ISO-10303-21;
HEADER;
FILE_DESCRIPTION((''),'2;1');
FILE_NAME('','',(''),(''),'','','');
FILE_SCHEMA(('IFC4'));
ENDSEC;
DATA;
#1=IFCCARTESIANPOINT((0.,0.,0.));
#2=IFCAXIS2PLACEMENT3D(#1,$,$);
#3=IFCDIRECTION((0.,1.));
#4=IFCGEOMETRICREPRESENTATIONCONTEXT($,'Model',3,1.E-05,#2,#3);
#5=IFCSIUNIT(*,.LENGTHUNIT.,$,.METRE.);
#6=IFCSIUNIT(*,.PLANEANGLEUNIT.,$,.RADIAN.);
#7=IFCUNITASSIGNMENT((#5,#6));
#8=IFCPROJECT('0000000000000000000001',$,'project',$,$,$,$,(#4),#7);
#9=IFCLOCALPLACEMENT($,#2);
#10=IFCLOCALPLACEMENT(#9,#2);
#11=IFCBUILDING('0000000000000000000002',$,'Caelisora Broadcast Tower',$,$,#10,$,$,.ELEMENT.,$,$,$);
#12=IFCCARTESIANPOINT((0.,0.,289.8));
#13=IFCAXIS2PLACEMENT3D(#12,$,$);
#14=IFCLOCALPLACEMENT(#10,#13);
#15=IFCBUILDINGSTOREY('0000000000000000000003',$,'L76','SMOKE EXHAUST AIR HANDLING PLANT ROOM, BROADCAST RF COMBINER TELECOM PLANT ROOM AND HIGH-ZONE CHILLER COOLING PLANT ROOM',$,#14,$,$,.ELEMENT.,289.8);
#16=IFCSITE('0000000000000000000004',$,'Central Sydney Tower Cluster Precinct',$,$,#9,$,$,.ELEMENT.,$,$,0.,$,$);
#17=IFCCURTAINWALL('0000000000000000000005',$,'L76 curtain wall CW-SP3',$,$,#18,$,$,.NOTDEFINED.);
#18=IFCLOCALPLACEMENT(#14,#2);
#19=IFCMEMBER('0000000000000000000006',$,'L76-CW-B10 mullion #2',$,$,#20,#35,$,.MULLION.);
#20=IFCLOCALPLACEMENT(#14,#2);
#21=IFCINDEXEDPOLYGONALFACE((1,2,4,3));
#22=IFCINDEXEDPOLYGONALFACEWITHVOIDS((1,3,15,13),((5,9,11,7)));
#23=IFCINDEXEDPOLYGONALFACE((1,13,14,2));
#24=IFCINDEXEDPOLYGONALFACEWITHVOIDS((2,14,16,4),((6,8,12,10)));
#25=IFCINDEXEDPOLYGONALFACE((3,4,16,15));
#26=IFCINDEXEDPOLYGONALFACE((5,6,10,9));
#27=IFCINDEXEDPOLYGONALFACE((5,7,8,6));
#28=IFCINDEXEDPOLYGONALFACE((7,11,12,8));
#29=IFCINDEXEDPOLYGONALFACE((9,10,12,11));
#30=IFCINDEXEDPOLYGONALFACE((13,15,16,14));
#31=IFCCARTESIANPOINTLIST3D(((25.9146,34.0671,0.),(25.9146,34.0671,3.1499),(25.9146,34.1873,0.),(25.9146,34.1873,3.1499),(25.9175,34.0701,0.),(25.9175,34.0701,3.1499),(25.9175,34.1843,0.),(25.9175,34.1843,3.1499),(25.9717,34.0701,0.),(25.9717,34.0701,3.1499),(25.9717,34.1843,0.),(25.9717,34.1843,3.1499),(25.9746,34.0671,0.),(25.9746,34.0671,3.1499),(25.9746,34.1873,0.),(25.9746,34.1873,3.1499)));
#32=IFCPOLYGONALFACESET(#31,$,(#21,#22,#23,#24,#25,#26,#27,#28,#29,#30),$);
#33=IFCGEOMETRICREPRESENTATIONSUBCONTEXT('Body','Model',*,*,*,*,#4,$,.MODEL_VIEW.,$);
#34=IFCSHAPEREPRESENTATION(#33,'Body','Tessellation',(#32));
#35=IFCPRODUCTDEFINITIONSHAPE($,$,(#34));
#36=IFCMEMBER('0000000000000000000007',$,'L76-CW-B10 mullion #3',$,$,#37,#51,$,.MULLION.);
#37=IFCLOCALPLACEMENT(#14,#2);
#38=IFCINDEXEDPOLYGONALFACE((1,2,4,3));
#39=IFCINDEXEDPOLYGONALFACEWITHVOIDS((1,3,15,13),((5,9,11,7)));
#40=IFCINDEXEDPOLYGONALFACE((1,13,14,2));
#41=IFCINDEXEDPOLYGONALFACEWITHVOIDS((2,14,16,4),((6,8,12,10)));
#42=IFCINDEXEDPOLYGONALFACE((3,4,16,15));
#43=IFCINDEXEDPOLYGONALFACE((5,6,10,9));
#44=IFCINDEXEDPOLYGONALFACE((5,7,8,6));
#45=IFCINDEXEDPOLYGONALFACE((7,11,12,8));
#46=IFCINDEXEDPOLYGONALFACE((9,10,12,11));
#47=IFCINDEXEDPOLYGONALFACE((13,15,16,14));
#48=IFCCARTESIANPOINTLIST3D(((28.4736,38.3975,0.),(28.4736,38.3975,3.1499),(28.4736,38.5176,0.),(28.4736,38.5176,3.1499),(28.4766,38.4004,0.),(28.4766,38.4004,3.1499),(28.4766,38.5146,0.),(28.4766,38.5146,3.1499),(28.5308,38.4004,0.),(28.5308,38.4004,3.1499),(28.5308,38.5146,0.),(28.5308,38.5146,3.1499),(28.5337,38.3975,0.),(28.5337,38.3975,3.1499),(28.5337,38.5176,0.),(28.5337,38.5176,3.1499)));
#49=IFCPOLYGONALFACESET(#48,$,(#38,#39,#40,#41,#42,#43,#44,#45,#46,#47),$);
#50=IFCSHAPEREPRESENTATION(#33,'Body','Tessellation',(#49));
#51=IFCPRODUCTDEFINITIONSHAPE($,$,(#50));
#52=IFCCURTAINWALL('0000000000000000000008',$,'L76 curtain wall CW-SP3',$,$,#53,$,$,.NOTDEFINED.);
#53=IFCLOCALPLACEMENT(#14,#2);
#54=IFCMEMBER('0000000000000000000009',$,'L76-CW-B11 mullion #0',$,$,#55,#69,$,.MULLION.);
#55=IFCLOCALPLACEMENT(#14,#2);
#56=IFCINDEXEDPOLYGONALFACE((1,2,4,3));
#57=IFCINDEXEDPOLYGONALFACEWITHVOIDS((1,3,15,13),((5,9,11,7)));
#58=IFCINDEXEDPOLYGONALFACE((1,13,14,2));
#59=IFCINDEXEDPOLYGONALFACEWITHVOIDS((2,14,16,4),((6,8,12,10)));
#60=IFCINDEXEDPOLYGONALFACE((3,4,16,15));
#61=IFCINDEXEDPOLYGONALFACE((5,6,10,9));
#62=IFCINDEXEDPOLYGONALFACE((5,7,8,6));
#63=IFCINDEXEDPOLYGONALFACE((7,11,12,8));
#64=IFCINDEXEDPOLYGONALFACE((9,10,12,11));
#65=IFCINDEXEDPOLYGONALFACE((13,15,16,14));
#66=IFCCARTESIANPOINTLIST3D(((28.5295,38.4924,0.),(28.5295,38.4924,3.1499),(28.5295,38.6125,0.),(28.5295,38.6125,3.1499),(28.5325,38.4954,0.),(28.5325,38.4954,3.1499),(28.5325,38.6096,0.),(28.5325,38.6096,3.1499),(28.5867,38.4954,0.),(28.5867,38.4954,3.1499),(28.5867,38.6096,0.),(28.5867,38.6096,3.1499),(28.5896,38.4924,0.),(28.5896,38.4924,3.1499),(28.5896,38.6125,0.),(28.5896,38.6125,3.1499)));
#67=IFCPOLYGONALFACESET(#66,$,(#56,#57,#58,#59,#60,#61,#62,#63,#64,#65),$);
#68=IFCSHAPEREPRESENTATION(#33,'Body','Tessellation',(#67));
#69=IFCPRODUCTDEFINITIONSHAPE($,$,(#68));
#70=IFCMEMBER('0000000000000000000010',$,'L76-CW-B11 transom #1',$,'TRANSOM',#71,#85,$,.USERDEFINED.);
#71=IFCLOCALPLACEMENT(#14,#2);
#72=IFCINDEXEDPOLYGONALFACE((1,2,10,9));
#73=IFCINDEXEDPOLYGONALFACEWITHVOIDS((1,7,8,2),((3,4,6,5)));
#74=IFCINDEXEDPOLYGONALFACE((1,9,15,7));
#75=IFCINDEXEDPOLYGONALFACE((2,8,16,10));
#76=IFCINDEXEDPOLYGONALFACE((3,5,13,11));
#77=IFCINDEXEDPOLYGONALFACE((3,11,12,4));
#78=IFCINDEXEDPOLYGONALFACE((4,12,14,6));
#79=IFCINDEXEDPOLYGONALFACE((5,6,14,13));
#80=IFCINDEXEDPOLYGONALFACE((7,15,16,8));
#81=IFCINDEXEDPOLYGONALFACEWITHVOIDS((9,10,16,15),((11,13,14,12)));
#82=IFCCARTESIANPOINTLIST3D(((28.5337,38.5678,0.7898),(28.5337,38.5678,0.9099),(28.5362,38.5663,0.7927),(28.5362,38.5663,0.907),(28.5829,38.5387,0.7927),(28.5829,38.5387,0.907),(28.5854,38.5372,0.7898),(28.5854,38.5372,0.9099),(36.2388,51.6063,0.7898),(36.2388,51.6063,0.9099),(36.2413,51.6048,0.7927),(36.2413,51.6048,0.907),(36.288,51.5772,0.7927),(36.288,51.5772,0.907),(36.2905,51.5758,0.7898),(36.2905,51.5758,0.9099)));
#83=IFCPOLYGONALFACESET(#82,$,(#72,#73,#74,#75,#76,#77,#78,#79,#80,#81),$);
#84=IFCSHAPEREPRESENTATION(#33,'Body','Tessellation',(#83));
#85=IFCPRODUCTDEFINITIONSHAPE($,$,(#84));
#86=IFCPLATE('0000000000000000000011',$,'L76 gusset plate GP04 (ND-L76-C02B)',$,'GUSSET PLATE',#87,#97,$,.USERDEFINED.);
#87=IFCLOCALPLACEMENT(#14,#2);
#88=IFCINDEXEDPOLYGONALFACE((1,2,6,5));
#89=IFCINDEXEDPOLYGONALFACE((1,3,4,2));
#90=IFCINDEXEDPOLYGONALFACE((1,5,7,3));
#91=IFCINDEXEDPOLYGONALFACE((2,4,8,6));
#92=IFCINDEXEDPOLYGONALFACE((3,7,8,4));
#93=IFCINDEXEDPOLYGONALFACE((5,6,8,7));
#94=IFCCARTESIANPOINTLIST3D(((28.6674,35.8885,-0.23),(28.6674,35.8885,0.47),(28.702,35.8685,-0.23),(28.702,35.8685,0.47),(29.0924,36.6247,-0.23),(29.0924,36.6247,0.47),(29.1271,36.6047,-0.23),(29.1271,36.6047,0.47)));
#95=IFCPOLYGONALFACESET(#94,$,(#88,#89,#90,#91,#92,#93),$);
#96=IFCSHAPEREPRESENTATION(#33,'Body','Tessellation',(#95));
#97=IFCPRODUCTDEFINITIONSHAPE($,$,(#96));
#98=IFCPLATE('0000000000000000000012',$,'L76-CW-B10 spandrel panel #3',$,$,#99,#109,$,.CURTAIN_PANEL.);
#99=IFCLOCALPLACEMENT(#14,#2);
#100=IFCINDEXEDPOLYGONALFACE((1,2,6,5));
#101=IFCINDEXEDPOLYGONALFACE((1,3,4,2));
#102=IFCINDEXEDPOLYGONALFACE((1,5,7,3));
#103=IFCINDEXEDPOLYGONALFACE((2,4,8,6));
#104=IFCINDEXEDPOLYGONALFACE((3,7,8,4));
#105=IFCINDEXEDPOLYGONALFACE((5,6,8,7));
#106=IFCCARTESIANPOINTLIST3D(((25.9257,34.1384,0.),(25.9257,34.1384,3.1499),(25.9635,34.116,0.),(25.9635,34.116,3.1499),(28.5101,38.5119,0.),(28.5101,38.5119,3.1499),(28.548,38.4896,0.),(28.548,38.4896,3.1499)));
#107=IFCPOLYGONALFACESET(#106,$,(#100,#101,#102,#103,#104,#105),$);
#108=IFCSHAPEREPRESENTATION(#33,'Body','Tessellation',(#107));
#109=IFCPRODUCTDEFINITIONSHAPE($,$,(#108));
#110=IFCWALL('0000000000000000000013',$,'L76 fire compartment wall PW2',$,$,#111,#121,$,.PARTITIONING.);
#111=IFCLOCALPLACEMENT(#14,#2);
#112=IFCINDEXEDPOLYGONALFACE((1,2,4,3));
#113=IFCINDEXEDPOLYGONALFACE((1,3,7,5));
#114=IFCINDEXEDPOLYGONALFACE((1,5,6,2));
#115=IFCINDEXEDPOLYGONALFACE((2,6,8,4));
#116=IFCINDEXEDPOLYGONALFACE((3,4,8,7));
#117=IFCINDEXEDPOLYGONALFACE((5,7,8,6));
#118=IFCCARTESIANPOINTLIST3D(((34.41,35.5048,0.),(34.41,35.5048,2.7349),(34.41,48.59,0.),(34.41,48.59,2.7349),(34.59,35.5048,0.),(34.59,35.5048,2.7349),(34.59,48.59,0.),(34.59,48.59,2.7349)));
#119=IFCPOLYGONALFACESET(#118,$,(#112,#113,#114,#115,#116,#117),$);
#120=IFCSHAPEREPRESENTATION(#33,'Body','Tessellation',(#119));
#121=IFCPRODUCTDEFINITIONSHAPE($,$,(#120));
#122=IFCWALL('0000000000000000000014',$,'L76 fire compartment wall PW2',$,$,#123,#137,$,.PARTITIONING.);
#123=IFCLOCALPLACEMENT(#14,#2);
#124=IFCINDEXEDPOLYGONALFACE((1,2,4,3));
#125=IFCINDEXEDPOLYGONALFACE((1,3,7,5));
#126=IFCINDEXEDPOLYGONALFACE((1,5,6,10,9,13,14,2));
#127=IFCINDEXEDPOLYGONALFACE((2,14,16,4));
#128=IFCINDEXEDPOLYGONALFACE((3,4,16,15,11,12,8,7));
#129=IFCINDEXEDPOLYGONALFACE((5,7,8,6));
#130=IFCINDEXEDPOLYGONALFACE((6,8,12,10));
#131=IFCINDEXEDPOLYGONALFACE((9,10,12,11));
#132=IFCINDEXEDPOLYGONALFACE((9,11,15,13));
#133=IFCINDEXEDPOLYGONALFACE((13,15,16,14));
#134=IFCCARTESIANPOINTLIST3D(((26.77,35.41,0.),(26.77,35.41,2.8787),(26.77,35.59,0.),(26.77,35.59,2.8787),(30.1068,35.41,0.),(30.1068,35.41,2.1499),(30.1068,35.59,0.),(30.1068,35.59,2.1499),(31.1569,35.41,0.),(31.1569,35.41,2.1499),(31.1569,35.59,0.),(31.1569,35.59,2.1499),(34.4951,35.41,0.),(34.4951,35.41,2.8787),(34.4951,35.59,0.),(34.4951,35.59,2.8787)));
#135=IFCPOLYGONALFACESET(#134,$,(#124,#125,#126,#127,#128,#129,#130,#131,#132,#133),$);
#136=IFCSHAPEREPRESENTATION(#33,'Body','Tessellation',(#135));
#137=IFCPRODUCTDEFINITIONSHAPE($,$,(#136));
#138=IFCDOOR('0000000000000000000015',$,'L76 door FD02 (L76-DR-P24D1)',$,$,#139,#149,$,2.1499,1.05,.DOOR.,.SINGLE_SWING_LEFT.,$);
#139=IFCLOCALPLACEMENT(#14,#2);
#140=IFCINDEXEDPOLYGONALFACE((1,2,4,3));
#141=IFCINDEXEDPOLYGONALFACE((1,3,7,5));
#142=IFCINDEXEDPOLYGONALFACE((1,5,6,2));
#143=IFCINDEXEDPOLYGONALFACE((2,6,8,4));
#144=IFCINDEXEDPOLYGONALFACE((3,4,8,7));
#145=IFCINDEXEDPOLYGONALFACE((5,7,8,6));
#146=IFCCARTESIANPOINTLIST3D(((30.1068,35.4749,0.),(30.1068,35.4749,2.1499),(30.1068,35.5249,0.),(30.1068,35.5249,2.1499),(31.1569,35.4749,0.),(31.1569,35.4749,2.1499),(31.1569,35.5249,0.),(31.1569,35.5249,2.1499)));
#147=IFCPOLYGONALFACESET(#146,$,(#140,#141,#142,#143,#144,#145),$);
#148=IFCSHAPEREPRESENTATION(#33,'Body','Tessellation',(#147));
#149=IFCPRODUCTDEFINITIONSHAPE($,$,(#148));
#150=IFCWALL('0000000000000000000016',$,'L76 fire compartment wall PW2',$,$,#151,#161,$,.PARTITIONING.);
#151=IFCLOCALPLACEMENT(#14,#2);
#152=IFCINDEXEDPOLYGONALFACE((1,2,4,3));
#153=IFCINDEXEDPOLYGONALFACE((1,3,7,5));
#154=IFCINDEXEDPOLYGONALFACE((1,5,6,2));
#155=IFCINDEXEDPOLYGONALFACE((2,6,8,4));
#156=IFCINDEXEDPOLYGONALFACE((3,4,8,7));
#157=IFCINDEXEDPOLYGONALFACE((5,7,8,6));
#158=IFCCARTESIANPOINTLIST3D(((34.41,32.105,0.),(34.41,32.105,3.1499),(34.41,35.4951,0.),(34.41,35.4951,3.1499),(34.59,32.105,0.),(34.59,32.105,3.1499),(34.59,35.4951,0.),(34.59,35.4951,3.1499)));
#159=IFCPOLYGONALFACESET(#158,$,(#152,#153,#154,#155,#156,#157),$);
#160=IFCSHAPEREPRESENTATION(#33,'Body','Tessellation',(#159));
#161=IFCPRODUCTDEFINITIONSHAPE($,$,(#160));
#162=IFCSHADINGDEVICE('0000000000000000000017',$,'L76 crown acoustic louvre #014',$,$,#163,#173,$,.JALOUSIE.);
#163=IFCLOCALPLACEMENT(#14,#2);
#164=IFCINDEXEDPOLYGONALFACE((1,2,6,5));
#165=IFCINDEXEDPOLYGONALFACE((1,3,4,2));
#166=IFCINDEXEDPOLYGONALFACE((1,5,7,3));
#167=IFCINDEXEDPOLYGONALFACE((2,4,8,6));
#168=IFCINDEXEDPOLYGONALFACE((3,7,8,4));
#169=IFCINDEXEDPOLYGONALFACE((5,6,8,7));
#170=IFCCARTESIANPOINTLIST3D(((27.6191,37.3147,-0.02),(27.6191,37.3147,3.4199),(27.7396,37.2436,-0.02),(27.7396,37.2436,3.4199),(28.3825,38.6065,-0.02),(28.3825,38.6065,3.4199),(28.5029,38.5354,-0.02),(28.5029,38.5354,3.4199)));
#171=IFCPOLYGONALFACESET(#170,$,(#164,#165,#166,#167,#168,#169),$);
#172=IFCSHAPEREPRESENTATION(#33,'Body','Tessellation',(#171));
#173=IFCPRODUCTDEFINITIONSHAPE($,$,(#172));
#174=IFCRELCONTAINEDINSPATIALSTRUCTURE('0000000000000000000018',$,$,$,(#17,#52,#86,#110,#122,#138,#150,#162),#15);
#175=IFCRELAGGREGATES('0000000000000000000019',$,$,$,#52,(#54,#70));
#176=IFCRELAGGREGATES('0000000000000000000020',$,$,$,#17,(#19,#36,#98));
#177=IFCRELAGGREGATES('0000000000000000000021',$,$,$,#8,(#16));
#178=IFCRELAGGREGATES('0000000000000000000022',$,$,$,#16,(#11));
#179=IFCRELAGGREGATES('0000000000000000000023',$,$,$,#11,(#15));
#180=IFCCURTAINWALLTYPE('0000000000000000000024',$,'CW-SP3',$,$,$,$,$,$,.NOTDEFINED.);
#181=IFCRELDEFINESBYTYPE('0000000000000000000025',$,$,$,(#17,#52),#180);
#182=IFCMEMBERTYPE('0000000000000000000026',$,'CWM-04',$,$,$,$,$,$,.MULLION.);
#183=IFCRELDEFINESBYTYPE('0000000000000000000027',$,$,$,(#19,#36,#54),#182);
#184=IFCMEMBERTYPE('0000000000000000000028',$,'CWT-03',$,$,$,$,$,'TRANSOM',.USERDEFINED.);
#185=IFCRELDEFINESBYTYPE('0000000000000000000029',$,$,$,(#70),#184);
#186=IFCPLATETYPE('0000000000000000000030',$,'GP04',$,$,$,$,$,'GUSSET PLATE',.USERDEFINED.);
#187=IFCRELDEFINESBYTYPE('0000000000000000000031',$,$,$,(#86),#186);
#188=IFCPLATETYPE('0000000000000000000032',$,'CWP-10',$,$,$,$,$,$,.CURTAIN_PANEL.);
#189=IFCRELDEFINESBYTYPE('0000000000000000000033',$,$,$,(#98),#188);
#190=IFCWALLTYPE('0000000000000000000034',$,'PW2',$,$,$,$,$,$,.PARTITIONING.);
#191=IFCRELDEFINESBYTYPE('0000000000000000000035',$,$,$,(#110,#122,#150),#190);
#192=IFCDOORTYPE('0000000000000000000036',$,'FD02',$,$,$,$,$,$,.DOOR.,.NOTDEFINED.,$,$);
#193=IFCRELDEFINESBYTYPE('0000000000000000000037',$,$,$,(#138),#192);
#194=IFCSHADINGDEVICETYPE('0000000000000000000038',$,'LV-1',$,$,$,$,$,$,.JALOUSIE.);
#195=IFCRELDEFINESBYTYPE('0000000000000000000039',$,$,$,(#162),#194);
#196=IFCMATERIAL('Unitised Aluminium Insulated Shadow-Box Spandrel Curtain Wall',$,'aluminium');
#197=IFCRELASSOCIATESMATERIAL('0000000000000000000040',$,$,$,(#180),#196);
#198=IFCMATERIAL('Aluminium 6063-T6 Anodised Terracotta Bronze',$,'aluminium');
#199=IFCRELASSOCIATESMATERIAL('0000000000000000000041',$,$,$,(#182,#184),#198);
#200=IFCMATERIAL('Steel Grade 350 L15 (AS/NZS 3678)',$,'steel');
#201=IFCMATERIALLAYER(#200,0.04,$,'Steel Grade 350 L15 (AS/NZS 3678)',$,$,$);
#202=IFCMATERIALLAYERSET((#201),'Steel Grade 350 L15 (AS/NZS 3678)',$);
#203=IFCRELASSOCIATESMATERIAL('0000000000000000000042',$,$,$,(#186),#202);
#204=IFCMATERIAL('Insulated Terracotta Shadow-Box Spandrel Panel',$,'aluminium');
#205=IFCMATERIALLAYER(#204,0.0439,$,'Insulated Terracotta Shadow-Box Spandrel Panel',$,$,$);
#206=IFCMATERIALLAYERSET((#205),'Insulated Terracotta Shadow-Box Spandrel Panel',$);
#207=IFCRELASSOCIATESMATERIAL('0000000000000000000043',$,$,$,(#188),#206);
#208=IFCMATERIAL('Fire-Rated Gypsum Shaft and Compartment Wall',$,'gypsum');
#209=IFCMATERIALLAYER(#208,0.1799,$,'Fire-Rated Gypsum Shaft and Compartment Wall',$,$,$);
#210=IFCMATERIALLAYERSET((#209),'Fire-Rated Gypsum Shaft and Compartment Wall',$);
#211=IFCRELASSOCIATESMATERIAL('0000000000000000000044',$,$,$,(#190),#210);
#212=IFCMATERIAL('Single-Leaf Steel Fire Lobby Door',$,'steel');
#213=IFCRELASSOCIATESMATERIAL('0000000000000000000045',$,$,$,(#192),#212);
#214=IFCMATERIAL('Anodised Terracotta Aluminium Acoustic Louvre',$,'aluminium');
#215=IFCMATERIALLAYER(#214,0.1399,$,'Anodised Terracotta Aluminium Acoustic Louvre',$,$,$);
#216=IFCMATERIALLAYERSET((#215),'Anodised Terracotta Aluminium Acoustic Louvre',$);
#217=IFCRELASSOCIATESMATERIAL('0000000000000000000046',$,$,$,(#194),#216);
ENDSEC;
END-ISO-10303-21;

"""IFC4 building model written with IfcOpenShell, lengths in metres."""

from ifc_helpers import new_model, si_unit, direction, frame, frame_2d, origin, origin_2d, place, context, subcontext, project, spatial, rectangle, hollow_rectangle, extrude, source, transform, mapped, material, layer, layer_set, material_profile, profile_set, type_object, type_shapes, element, fill, aggregate, save


model = new_model("IFC4")

# Units and contexts
model_context = context("Model", 3, precision=1e-05, world=origin(), true_north=direction((0.0, 1.0)))
body_context = subcontext(model_context, "Body", "Model", "MODEL_VIEW")
ifc_project = project(units=[si_unit("LENGTHUNIT", "METRE"), si_unit("PLANEANGLEUNIT", "RADIAN")], contexts=[model_context])

# Site, building, storey
site_placement = place(None, origin())
site = spatial("IfcSite", under=ifc_project, at=site_placement, Name="Central Sydney Tower Cluster Precinct", CompositionType="ELEMENT", RefElevation=0.0)
building_placement = place(site_placement, origin())
building = spatial("IfcBuilding", under=site, at=building_placement, Name="Caelisora Broadcast Tower", CompositionType="ELEMENT")
storey_placement = place(building_placement, frame((0.0, 0.0, 289.8)))
storey = spatial("IfcBuildingStorey", under=building, at=storey_placement, Name="L76", Description="SMOKE EXHAUST AIR HANDLING PLANT ROOM, BROADCAST RF COMBINER TELECOM PLANT ROOM AND HIGH-ZONE CHILLER COOLING PLANT ROOM", CompositionType="ELEMENT", Elevation=289.8)

# Curtain walls, members
ifc_material_1 = material(Name="Unitised Aluminium Insulated Shadow-Box Spandrel Curtain Wall", Category="aluminium")
curtain_wall_type = type_object("IfcCurtainWallType", Name="CW-SP3", PredefinedType="NOTDEFINED", material=ifc_material_1)
curtain_wall_1_placement = place(storey_placement, origin())
curtain_wall_1 = element("IfcCurtainWall", 1, at=curtain_wall_1_placement, inside=storey, type_object=curtain_wall_type, Name="L76 curtain wall CW-SP3", PredefinedType="NOTDEFINED")
ifc_material_2 = material(Name="Aluminium 6063-T6 Anodised Terracotta Bronze", Category="aluminium")
ifc_material_profile_1 = material_profile(ifc_material_2, hollow_rectangle(XDim=0.0601, YDim=0.1201, WallThickness=0.0029, at=origin_2d()), Name="Aluminium 6063-T6 Anodised Terracotta Bronze")
ifc_profile_set_1 = profile_set([ifc_material_profile_1], Name="Aluminium 6063-T6 Anodised Terracotta Bronze")
member_type_1 = type_object("IfcMemberType", Name="CWM-04", PredefinedType="MULLION", material=ifc_profile_set_1)
shared_shape_1 = source(origin(), body_context, "Body", "SweptSolid", [
    extrude(hollow_rectangle(XDim=0.0601, YDim=0.1201, WallThickness=0.0029, at=origin_2d()), origin(), (0.0, 0.0, 1.0), 3.1499),
])
type_shapes(member_type_1, [shared_shape_1])
member_1_placement = place(storey_placement, frame((25.9446, 34.1272, 0.0), z_axis=(0.0, 0.0, 1.0), x_axis=(1.0, 0.0, 0.0)))
member_1 = element("IfcMember", 2, at=member_1_placement, type_object=member_type_1, Name="L76-CW-B10 mullion #2", PredefinedType="MULLION", context=body_context, shape_type="MappedRepresentation", body=[
    mapped(shared_shape_1, transform((0.0, 0.0, 0.0), scale=1.0)),
])
member_2_placement = place(storey_placement, frame((28.5037, 38.4575, 0.0), z_axis=(0.0, 0.0, 1.0), x_axis=(1.0, 0.0, 0.0)))
member_2 = element("IfcMember", 3, at=member_2_placement, type_object=member_type_1, Name="L76-CW-B10 mullion #3", PredefinedType="MULLION", context=body_context, shape_type="MappedRepresentation", body=[
    mapped(shared_shape_1, transform((0.0, 0.0, 0.0), scale=1.0)),
])
curtain_wall_2_placement = place(storey_placement, origin())
curtain_wall_2 = element("IfcCurtainWall", 4, at=curtain_wall_2_placement, inside=storey, type_object=curtain_wall_type, Name="L76 curtain wall CW-SP3", PredefinedType="NOTDEFINED")
member_3_placement = place(storey_placement, frame((28.5596, 38.5525, 0.0), z_axis=(0.0, 0.0, 1.0), x_axis=(1.0, 0.0, 0.0)))
member_3 = element("IfcMember", 5, at=member_3_placement, type_object=member_type_1, Name="L76-CW-B11 mullion #0", PredefinedType="MULLION", context=body_context, shape_type="MappedRepresentation", body=[
    mapped(shared_shape_1, transform((0.0, 0.0, 0.0), scale=1.0)),
])
ifc_material_profile_2 = material_profile(ifc_material_2, hollow_rectangle(XDim=0.0601, YDim=0.1201, WallThickness=0.0029, at=origin_2d()), Name="Aluminium 6063-T6 Anodised Terracotta Bronze")
ifc_profile_set_2 = profile_set([ifc_material_profile_2], Name="Aluminium 6063-T6 Anodised Terracotta Bronze")
member_type_2 = type_object("IfcMemberType", Name="CWT-03", ElementType="TRANSOM", PredefinedType="USERDEFINED", material=ifc_profile_set_2)
shared_shape_2 = source(origin(), body_context, "Body", "SweptSolid", [
    extrude(hollow_rectangle(XDim=0.0601, YDim=0.1201, WallThickness=0.0029, at=origin_2d()), origin(), (0.0, 0.0, 1.0), 15.145),
])
type_shapes(member_type_2, [shared_shape_2])
member_4_placement = place(storey_placement, frame((28.5596, 38.5525, 0.8499), z_axis=(0.508752, 0.860913, 0.0), x_axis=(-0.860913, 0.508752, 0.0)))
member_4 = element("IfcMember", 6, at=member_4_placement, type_object=member_type_2, Name="L76-CW-B11 transom #1", ObjectType="TRANSOM", PredefinedType="USERDEFINED", context=body_context, shape_type="MappedRepresentation", body=[
    mapped(shared_shape_2, transform((0.0, 0.0, 0.0), scale=1.0)),
])
aggregate(curtain_wall_2, [member_3, member_4])

# Plates
ifc_material_3 = material(Name="Steel Grade 350 L15 (AS/NZS 3678)", Category="steel")
ifc_layer_1 = layer(ifc_material_3, 0.04, Name="Steel Grade 350 L15 (AS/NZS 3678)")
ifc_layer_set_1 = layer_set([ifc_layer_1], Name="Steel Grade 350 L15 (AS/NZS 3678)")
plate_type_1 = type_object("IfcPlateType", Name="GP04", ElementType="GUSSET PLATE", PredefinedType="USERDEFINED", material=ifc_layer_set_1)
shared_shape_3 = source(origin(), body_context, "Body", "SweptSolid", [
    extrude(rectangle(XDim=0.8501, YDim=0.04, at=origin_2d()), origin(), (0.0, 0.0, 1.0), 0.7),
])
type_shapes(plate_type_1, [shared_shape_3])
plate_1_placement = place(storey_placement, frame((28.8972, 36.2466, -0.23), z_axis=(0.0, 0.0, 1.0), x_axis=(-0.5, -0.866025, 0.0)))
element("IfcPlate", 7, at=plate_1_placement, inside=storey, type_object=plate_type_1, Name="L76 gusset plate GP04 (ND-L76-C02B)", ObjectType="GUSSET PLATE", PredefinedType="USERDEFINED", context=body_context, shape_type="MappedRepresentation", body=[
    mapped(shared_shape_3, transform((0.0, 0.0, 0.0), scale=1.0)),
])
ifc_material_4 = material(Name="Insulated Terracotta Shadow-Box Spandrel Panel", Category="aluminium")
ifc_layer_2 = layer(ifc_material_4, 0.0439, Name="Insulated Terracotta Shadow-Box Spandrel Panel")
ifc_layer_set_2 = layer_set([ifc_layer_2], Name="Insulated Terracotta Shadow-Box Spandrel Panel")
plate_type_2 = type_object("IfcPlateType", Name="CWP-10", PredefinedType="CURTAIN_PANEL", material=ifc_layer_set_2)
shared_shape_4 = source(origin(), body_context, "Body", "SweptSolid", [
    extrude(rectangle(XDim=5.0801, YDim=0.0439, at=origin_2d()), origin(), (0.0, 0.0, 1.0), 3.1499),
])
type_shapes(plate_type_2, [shared_shape_4])
plate_2_placement = place(storey_placement, frame((27.2368, 36.314, 0.0), z_axis=(0.0, 0.0, 1.0), x_axis=(0.508741, 0.86092, 0.0)))
plate_2 = element("IfcPlate", 8, at=plate_2_placement, type_object=plate_type_2, Name="L76-CW-B10 spandrel panel #3", PredefinedType="CURTAIN_PANEL", context=body_context, shape_type="MappedRepresentation", body=[
    mapped(shared_shape_4, transform((0.0, 0.0, 0.0), scale=1.0)),
])
aggregate(curtain_wall_1, [member_1, member_2, plate_2])

# Wall
ifc_material_5 = material(Name="Fire-Rated Gypsum Shaft and Compartment Wall", Category="gypsum")
ifc_layer_3 = layer(ifc_material_5, 0.1799, Name="Fire-Rated Gypsum Shaft and Compartment Wall")
ifc_layer_set_3 = layer_set([ifc_layer_3], Name="Fire-Rated Gypsum Shaft and Compartment Wall")
wall_type = type_object("IfcWallType", Name="PW2", PredefinedType="PARTITIONING", material=ifc_layer_set_3)
wall_1_placement = place(storey_placement, frame((34.5, 35.5049, 0.0), z_axis=(0.0, 0.0, 1.0), x_axis=(0.0, 1.0, 0.0)))
element("IfcWall", 9, at=wall_1_placement, inside=storey, type_object=wall_type, Name="L76 fire compartment wall PW2", PredefinedType="PARTITIONING", context=body_context, shape_type="SweptSolid", body=[
    extrude(rectangle(XDim=13.0852, YDim=0.1799, at=frame_2d((6.5425, 0.0))), origin(), (0.0, 0.0, 1.0), 2.7349),
])

# Wall, opening, door
wall_2_placement = place(storey_placement, frame((26.77, 35.5, 0.0), z_axis=(0.0, 0.0, 1.0), x_axis=(1.0, 0.0, 0.0)))
wall_2 = element("IfcWall", 10, at=wall_2_placement, inside=storey, type_object=wall_type, Name="L76 fire compartment wall PW2", PredefinedType="PARTITIONING", context=body_context, shape_type="SweptSolid", body=[
    extrude(rectangle(XDim=7.7251, YDim=0.1799, at=frame_2d((3.8625, 0.0))), origin(), (0.0, 0.0, 1.0), 2.8787),
])
opening_1_placement = place(wall_2_placement, frame((3.3369, 0.0, 0.0)))
opening_1 = element("IfcOpeningElement", 11, at=opening_1_placement, cuts=wall_2, PredefinedType="OPENING", context=body_context, shape_type="SweptSolid", body=[
    extrude(rectangle(XDim=1.05, YDim=2.1499, at=frame_2d((0.5249, 1.075))), frame((0.0, 0.1021, 0.0), z_axis=(0.0, -1.0, 0.0), x_axis=(1.0, 0.0, 0.0)), (0.0, 0.0, 1.0), 0.2039),
])
ifc_material_6 = material(Name="Single-Leaf Steel Fire Lobby Door", Category="steel")
door_type = type_object("IfcDoorType", Name="FD02", OperationType="NOTDEFINED", PredefinedType="DOOR", material=ifc_material_6)
door_1_placement = place(opening_1_placement, origin())
door_1 = element("IfcDoor", 12, at=door_1_placement, inside=storey, type_object=door_type, Name="L76 door FD02 (L76-DR-P24D1)", OperationType="SINGLE_SWING_LEFT", OverallHeight=2.1499, OverallWidth=1.05, PredefinedType="DOOR", context=body_context, shape_type="SweptSolid", body=[
    extrude(rectangle(XDim=1.05, YDim=2.1499, at=frame_2d((0.5249, 1.075))), frame((0.0, 0.0249, 0.0), z_axis=(0.0, -1.0, 0.0), x_axis=(1.0, 0.0, 0.0)), (0.0, 0.0, 1.0), 0.05),
])
fill(opening_1, door_1)

# Wall
wall_3_placement = place(storey_placement, frame((34.5, 32.105, 0.0), z_axis=(0.0, 0.0, 1.0), x_axis=(0.0, 1.0, 0.0)))
element("IfcWall", 13, at=wall_3_placement, inside=storey, type_object=wall_type, Name="L76 fire compartment wall PW2", PredefinedType="PARTITIONING", context=body_context, shape_type="SweptSolid", body=[
    extrude(rectangle(XDim=3.3901, YDim=0.1799, at=frame_2d((1.6951, 0.0))), origin(), (0.0, 0.0, 1.0), 3.1499),
])

# Shading device
ifc_material_7 = material(Name="Anodised Terracotta Aluminium Acoustic Louvre", Category="aluminium")
ifc_layer_4 = layer(ifc_material_7, 0.1399, Name="Anodised Terracotta Aluminium Acoustic Louvre")
ifc_layer_set_4 = layer_set([ifc_layer_4], Name="Anodised Terracotta Aluminium Acoustic Louvre")
shading_device_type = type_object("IfcShadingDeviceType", Name="LV-1", PredefinedType="JALOUSIE", material=ifc_layer_set_4)
shared_shape_5 = source(origin(), body_context, "Body", "SweptSolid", [
    extrude(rectangle(XDim=1.5005, YDim=0.1399, at=origin_2d()), origin(), (0.0, 0.0, 1.0), 3.4399),
])
type_shapes(shading_device_type, [shared_shape_5])
for number, where, z_axis, x_axis, name in (
    (14, (28.061, 37.925, -0.02), (0.0, 0.0, 1.0), (-0.508741, -0.86092, 0.0), "L76 crown acoustic louvre #014"),
):
    element("IfcShadingDevice", number, at=place(storey_placement, frame(where, z_axis=z_axis, x_axis=x_axis)), inside=storey, type_object=shading_device_type, Name=name, PredefinedType="JALOUSIE", context=body_context, shape_type="MappedRepresentation", body=[
        mapped(shared_shape_5, transform((0.0, 0.0, 0.0), scale=1.0)),
    ])

save(model, "model.ifc")
